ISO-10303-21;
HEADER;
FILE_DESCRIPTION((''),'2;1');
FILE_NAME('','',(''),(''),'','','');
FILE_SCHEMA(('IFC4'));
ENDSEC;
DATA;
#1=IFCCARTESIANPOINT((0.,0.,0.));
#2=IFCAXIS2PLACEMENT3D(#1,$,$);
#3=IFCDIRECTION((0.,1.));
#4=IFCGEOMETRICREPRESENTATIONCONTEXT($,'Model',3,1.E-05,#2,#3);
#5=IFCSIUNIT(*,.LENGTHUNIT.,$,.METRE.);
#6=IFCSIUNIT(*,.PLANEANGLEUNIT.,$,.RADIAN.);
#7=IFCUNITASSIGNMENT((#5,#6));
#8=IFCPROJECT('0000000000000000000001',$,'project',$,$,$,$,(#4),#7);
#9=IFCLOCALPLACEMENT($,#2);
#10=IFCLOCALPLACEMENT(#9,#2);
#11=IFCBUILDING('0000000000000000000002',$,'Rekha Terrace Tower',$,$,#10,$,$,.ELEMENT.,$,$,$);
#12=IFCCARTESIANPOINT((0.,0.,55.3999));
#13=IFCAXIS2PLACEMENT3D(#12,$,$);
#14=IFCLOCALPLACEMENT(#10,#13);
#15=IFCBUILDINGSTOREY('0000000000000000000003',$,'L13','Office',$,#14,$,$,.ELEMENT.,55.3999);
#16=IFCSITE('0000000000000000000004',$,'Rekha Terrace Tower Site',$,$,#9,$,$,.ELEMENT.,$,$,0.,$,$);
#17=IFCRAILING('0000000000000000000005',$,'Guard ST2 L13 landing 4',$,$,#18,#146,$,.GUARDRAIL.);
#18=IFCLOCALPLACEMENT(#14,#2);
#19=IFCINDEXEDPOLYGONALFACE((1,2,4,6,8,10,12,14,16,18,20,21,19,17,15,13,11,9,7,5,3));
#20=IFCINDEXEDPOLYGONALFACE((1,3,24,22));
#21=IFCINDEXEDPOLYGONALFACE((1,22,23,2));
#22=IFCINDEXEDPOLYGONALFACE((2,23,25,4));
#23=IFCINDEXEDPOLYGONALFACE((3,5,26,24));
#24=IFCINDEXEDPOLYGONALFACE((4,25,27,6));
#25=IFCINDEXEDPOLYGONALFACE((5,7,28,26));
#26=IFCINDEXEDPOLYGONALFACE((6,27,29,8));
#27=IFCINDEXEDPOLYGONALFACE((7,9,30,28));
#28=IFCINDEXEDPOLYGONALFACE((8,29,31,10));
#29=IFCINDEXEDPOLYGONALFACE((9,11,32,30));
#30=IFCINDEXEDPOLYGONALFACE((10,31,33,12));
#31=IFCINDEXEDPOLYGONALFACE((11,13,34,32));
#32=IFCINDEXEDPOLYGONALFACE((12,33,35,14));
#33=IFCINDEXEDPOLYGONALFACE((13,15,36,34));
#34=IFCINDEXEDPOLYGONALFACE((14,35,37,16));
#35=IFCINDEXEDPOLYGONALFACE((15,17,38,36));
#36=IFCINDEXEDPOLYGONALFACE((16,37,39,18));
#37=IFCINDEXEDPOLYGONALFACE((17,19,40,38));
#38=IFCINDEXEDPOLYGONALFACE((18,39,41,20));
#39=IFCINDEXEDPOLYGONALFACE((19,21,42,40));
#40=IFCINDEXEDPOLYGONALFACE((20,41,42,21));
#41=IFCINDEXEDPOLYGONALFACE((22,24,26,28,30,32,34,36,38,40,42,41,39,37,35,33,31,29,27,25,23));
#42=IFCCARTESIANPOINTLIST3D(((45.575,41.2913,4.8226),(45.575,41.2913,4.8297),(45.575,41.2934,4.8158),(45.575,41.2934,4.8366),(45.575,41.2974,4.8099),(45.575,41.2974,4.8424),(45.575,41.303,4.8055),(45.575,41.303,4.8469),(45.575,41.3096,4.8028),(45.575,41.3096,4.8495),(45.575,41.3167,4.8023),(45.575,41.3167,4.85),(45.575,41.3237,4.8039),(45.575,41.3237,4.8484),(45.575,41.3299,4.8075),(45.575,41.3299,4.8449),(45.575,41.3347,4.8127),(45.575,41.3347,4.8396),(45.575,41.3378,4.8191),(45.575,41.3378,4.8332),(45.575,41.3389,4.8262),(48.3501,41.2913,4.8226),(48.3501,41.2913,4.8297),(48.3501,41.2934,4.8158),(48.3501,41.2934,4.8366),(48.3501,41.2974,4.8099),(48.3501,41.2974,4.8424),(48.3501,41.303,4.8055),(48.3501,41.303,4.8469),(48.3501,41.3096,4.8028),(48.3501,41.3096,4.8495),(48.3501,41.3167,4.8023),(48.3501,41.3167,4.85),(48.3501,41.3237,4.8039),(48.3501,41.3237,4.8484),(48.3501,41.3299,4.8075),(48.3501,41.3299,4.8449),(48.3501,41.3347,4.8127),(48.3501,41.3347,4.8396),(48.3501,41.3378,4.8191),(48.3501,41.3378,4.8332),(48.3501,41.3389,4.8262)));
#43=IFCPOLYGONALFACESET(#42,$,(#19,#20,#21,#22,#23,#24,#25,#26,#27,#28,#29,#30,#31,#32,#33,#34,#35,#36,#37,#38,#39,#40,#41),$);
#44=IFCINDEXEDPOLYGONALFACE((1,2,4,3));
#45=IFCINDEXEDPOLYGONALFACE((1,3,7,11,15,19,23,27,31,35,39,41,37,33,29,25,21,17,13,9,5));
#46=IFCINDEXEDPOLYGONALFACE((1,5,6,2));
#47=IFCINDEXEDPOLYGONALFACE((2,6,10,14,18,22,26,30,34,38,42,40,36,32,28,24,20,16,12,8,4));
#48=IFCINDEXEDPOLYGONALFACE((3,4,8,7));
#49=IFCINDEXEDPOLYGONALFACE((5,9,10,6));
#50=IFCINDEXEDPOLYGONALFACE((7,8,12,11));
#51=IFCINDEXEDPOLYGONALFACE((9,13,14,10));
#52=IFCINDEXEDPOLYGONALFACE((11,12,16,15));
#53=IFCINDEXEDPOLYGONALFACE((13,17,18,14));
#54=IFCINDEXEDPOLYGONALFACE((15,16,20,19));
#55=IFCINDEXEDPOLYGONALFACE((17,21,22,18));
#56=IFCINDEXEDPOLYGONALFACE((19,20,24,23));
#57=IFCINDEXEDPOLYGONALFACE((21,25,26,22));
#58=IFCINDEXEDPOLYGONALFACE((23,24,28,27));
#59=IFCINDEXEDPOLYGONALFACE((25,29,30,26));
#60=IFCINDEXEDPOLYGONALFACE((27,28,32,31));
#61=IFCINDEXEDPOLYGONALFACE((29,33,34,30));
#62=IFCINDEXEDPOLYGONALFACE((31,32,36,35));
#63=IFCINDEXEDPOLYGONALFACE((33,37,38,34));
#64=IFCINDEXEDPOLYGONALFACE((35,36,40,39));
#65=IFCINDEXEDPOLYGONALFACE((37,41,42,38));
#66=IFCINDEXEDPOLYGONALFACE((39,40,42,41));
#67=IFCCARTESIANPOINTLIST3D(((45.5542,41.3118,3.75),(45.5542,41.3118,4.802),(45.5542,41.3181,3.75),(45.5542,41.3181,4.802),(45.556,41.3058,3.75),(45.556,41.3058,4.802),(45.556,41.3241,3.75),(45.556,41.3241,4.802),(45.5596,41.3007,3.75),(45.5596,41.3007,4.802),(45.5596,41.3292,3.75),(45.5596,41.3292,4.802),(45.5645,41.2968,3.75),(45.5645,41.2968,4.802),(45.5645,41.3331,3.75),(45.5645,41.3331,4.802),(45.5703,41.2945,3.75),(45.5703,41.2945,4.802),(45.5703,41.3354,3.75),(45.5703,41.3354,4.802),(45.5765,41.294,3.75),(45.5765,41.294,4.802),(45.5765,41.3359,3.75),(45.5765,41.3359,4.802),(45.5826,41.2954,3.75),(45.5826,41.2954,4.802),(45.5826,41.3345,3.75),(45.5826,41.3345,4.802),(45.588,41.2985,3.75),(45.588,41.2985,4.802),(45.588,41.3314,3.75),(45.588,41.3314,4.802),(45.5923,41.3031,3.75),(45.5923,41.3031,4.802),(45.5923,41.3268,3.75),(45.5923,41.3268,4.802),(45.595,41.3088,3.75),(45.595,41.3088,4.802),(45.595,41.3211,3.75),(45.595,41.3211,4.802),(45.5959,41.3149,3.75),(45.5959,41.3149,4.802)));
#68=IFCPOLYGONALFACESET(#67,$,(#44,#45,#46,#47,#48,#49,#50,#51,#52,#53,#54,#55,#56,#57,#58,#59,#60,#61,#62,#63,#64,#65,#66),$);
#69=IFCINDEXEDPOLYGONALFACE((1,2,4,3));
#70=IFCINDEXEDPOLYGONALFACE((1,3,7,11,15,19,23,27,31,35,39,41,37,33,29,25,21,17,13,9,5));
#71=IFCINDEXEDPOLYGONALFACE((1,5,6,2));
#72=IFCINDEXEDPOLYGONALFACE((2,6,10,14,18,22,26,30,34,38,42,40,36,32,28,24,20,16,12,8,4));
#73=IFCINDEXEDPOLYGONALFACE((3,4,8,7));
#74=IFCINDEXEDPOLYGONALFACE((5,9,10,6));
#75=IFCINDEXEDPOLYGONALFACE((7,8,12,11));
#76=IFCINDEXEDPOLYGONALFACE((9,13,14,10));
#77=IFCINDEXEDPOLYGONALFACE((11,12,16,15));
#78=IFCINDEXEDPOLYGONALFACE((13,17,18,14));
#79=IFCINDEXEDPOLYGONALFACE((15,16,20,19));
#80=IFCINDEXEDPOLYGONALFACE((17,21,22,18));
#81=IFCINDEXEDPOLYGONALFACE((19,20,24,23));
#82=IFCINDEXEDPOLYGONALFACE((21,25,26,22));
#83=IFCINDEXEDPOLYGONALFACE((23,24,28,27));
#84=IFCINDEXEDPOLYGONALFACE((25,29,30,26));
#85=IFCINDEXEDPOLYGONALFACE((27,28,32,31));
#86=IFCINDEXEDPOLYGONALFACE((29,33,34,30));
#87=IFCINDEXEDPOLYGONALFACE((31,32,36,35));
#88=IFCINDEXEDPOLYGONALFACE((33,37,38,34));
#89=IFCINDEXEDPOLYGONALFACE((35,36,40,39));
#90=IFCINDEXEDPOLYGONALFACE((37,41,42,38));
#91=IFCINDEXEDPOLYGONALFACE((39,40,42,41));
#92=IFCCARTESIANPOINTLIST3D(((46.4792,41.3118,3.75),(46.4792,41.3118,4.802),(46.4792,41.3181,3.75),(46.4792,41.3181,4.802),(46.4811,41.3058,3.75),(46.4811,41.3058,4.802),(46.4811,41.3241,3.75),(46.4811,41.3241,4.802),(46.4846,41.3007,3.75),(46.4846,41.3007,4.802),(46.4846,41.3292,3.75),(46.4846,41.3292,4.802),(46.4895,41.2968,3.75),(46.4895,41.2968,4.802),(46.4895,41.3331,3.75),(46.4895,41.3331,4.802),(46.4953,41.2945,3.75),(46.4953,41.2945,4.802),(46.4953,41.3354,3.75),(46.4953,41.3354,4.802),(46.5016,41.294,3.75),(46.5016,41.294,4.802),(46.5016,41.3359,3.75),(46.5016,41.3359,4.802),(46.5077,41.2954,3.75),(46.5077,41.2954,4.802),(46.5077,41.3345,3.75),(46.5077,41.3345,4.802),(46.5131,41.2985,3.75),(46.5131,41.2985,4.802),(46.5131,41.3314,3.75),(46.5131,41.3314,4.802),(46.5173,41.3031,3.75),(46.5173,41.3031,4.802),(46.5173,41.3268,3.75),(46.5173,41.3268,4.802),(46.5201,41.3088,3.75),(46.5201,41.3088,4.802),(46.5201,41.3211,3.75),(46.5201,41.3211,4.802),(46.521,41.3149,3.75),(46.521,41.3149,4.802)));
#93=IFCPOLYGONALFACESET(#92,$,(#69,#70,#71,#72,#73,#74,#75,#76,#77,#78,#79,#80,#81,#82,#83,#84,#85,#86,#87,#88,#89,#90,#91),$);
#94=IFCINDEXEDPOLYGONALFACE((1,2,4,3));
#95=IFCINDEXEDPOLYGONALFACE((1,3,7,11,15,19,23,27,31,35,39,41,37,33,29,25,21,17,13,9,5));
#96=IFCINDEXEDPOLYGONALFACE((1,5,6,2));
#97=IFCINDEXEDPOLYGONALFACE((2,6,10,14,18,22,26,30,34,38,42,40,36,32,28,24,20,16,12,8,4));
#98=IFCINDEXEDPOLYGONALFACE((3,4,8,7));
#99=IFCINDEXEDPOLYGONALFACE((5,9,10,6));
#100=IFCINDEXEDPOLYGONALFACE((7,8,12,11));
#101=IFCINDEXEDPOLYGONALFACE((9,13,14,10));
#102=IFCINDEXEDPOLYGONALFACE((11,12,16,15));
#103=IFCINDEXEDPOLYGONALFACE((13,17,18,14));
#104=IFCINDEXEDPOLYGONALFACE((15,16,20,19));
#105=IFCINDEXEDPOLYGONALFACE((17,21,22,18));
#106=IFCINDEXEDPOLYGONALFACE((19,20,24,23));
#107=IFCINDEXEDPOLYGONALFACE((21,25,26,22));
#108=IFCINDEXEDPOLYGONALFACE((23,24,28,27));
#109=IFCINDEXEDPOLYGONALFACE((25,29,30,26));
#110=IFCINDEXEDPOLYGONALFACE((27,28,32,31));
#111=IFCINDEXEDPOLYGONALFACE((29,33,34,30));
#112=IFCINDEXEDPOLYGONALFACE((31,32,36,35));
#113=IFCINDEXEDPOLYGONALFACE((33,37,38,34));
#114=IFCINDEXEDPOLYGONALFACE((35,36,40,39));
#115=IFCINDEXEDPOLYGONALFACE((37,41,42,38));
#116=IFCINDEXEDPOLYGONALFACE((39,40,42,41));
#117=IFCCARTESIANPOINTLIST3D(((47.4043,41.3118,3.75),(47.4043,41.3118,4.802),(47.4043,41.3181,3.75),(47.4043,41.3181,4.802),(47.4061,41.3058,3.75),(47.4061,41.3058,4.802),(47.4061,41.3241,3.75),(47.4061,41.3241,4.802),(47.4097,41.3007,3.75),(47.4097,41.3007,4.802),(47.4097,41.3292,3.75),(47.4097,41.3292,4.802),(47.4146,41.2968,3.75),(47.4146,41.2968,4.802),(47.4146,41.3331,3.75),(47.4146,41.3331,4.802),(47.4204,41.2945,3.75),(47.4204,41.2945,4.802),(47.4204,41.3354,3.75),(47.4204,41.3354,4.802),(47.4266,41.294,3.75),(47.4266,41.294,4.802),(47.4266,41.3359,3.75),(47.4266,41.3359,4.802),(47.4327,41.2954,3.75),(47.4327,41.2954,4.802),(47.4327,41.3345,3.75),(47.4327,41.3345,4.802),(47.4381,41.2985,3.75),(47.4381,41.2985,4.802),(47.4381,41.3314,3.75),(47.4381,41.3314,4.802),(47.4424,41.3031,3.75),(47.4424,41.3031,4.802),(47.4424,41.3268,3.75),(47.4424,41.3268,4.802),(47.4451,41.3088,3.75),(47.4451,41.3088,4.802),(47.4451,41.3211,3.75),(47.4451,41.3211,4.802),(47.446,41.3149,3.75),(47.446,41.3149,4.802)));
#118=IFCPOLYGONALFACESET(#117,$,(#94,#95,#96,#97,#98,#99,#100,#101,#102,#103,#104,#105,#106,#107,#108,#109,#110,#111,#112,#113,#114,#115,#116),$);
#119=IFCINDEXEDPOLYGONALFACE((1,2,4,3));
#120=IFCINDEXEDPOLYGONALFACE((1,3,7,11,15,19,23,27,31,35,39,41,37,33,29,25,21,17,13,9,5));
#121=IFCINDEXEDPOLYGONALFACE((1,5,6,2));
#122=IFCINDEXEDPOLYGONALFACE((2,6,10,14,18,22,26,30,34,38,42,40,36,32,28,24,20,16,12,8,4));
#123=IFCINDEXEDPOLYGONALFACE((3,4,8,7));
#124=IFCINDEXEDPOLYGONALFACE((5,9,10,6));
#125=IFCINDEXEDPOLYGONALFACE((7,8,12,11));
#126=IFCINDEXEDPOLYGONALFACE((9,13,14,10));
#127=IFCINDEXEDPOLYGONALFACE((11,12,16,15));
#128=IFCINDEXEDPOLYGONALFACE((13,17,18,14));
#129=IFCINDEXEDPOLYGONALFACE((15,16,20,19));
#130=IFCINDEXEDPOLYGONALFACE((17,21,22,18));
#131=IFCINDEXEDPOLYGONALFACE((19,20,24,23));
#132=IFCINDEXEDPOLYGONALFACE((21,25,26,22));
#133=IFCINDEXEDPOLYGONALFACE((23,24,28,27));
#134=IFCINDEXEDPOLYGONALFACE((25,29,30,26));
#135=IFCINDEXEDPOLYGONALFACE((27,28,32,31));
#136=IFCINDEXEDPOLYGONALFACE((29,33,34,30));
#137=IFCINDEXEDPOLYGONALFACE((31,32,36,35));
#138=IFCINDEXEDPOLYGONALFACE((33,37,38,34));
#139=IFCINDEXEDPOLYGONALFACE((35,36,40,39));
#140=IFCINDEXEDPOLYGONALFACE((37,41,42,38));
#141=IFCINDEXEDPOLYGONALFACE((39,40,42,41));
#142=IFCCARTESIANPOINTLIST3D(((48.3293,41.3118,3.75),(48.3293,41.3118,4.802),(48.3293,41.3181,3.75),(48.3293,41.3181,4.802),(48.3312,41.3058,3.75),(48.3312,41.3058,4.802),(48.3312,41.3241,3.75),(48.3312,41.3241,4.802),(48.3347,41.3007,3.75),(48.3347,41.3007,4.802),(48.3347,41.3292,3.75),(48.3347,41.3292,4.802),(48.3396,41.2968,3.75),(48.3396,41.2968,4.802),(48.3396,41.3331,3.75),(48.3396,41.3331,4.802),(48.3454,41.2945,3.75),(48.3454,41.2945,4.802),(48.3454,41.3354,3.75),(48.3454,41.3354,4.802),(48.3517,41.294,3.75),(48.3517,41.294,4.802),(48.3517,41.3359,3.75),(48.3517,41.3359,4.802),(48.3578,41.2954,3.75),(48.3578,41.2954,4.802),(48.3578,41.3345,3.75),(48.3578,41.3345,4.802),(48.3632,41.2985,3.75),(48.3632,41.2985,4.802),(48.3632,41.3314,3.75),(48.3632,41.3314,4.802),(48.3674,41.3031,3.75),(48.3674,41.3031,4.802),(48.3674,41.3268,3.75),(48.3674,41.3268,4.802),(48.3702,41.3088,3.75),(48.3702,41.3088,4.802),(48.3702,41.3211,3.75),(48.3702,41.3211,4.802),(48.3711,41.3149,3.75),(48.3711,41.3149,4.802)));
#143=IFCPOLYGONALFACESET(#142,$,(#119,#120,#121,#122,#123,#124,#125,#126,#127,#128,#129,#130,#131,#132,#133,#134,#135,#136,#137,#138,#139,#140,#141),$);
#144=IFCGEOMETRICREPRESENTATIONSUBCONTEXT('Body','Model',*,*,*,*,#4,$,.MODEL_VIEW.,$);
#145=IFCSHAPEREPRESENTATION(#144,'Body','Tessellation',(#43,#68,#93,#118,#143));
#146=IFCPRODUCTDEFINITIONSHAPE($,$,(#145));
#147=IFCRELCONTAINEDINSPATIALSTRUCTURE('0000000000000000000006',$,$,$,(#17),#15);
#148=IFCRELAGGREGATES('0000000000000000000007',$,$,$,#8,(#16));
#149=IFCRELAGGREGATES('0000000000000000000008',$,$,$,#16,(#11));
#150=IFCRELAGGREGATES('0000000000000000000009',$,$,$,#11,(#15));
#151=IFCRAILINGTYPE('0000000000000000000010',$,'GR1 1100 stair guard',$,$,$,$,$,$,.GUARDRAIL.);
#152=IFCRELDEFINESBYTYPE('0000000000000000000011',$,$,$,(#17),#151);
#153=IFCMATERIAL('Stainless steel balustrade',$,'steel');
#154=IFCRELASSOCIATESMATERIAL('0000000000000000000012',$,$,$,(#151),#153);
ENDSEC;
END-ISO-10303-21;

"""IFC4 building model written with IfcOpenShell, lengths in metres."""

from ifc_helpers import new_model, si_unit, direction, frame, origin, origin_2d, place, context, subcontext, project, spatial, circle, extrude, material, type_object, element, save


model = new_model("IFC4")

# Units and contexts
model_context = context("Model", 3, precision=1e-05, world=origin(), true_north=direction((0.0, 1.0)))
body_context = subcontext(model_context, "Body", "Model", "MODEL_VIEW")
ifc_project = project(units=[si_unit("LENGTHUNIT", "METRE"), si_unit("PLANEANGLEUNIT", "RADIAN")], contexts=[model_context])

# Site, building, storey
site_placement = place(None, origin())
site = spatial("IfcSite", under=ifc_project, at=site_placement, Name="Rekha Terrace Tower Site", CompositionType="ELEMENT", RefElevation=0.0)
building_placement = place(site_placement, origin())
building = spatial("IfcBuilding", under=site, at=building_placement, Name="Rekha Terrace Tower", CompositionType="ELEMENT")
storey_placement = place(building_placement, frame((0.0, 0.0, 55.3999)))
storey = spatial("IfcBuildingStorey", under=building, at=storey_placement, Name="L13", Description="Office", CompositionType="ELEMENT", Elevation=55.3999)

# Railing
ifc_material_1 = material(Name="Stainless steel balustrade", Category="steel")
railing_type_1 = type_object("IfcRailingType", Name="GR1 1100 stair guard", PredefinedType="GUARDRAIL", material=ifc_material_1)
railing_1_placement = place(storey_placement, frame((45.575, 41.3149, 3.75)))
element("IfcRailing", 1, at=railing_1_placement, inside=storey, type_object=railing_type_1, Name="Guard ST2 L13 landing 4", PredefinedType="GUARDRAIL", context=body_context, shape_type="SweptSolid", body=[
    extrude(circle(Radius=0.0239, at=origin_2d()), frame((0.0, 0.0, 1.0762), z_axis=(1.0, 0.0, 0.0), x_axis=(0.0, 1.0, 0.0)), (0.0, 0.0, 1.0), 2.7751),
    extrude(circle(Radius=0.021, at=origin_2d()), origin(), (0.0, 0.0, 1.0), 1.052),
    extrude(circle(Radius=0.021, at=origin_2d()), frame((0.925, 0.0, 0.0)), (0.0, 0.0, 1.0), 1.052),
    extrude(circle(Radius=0.021, at=origin_2d()), frame((1.8501, 0.0, 0.0)), (0.0, 0.0, 1.0), 1.052),
    extrude(circle(Radius=0.021, at=origin_2d()), frame((2.7751, 0.0, 0.0)), (0.0, 0.0, 1.0), 1.052),
])

save(model, "model.ifc")
